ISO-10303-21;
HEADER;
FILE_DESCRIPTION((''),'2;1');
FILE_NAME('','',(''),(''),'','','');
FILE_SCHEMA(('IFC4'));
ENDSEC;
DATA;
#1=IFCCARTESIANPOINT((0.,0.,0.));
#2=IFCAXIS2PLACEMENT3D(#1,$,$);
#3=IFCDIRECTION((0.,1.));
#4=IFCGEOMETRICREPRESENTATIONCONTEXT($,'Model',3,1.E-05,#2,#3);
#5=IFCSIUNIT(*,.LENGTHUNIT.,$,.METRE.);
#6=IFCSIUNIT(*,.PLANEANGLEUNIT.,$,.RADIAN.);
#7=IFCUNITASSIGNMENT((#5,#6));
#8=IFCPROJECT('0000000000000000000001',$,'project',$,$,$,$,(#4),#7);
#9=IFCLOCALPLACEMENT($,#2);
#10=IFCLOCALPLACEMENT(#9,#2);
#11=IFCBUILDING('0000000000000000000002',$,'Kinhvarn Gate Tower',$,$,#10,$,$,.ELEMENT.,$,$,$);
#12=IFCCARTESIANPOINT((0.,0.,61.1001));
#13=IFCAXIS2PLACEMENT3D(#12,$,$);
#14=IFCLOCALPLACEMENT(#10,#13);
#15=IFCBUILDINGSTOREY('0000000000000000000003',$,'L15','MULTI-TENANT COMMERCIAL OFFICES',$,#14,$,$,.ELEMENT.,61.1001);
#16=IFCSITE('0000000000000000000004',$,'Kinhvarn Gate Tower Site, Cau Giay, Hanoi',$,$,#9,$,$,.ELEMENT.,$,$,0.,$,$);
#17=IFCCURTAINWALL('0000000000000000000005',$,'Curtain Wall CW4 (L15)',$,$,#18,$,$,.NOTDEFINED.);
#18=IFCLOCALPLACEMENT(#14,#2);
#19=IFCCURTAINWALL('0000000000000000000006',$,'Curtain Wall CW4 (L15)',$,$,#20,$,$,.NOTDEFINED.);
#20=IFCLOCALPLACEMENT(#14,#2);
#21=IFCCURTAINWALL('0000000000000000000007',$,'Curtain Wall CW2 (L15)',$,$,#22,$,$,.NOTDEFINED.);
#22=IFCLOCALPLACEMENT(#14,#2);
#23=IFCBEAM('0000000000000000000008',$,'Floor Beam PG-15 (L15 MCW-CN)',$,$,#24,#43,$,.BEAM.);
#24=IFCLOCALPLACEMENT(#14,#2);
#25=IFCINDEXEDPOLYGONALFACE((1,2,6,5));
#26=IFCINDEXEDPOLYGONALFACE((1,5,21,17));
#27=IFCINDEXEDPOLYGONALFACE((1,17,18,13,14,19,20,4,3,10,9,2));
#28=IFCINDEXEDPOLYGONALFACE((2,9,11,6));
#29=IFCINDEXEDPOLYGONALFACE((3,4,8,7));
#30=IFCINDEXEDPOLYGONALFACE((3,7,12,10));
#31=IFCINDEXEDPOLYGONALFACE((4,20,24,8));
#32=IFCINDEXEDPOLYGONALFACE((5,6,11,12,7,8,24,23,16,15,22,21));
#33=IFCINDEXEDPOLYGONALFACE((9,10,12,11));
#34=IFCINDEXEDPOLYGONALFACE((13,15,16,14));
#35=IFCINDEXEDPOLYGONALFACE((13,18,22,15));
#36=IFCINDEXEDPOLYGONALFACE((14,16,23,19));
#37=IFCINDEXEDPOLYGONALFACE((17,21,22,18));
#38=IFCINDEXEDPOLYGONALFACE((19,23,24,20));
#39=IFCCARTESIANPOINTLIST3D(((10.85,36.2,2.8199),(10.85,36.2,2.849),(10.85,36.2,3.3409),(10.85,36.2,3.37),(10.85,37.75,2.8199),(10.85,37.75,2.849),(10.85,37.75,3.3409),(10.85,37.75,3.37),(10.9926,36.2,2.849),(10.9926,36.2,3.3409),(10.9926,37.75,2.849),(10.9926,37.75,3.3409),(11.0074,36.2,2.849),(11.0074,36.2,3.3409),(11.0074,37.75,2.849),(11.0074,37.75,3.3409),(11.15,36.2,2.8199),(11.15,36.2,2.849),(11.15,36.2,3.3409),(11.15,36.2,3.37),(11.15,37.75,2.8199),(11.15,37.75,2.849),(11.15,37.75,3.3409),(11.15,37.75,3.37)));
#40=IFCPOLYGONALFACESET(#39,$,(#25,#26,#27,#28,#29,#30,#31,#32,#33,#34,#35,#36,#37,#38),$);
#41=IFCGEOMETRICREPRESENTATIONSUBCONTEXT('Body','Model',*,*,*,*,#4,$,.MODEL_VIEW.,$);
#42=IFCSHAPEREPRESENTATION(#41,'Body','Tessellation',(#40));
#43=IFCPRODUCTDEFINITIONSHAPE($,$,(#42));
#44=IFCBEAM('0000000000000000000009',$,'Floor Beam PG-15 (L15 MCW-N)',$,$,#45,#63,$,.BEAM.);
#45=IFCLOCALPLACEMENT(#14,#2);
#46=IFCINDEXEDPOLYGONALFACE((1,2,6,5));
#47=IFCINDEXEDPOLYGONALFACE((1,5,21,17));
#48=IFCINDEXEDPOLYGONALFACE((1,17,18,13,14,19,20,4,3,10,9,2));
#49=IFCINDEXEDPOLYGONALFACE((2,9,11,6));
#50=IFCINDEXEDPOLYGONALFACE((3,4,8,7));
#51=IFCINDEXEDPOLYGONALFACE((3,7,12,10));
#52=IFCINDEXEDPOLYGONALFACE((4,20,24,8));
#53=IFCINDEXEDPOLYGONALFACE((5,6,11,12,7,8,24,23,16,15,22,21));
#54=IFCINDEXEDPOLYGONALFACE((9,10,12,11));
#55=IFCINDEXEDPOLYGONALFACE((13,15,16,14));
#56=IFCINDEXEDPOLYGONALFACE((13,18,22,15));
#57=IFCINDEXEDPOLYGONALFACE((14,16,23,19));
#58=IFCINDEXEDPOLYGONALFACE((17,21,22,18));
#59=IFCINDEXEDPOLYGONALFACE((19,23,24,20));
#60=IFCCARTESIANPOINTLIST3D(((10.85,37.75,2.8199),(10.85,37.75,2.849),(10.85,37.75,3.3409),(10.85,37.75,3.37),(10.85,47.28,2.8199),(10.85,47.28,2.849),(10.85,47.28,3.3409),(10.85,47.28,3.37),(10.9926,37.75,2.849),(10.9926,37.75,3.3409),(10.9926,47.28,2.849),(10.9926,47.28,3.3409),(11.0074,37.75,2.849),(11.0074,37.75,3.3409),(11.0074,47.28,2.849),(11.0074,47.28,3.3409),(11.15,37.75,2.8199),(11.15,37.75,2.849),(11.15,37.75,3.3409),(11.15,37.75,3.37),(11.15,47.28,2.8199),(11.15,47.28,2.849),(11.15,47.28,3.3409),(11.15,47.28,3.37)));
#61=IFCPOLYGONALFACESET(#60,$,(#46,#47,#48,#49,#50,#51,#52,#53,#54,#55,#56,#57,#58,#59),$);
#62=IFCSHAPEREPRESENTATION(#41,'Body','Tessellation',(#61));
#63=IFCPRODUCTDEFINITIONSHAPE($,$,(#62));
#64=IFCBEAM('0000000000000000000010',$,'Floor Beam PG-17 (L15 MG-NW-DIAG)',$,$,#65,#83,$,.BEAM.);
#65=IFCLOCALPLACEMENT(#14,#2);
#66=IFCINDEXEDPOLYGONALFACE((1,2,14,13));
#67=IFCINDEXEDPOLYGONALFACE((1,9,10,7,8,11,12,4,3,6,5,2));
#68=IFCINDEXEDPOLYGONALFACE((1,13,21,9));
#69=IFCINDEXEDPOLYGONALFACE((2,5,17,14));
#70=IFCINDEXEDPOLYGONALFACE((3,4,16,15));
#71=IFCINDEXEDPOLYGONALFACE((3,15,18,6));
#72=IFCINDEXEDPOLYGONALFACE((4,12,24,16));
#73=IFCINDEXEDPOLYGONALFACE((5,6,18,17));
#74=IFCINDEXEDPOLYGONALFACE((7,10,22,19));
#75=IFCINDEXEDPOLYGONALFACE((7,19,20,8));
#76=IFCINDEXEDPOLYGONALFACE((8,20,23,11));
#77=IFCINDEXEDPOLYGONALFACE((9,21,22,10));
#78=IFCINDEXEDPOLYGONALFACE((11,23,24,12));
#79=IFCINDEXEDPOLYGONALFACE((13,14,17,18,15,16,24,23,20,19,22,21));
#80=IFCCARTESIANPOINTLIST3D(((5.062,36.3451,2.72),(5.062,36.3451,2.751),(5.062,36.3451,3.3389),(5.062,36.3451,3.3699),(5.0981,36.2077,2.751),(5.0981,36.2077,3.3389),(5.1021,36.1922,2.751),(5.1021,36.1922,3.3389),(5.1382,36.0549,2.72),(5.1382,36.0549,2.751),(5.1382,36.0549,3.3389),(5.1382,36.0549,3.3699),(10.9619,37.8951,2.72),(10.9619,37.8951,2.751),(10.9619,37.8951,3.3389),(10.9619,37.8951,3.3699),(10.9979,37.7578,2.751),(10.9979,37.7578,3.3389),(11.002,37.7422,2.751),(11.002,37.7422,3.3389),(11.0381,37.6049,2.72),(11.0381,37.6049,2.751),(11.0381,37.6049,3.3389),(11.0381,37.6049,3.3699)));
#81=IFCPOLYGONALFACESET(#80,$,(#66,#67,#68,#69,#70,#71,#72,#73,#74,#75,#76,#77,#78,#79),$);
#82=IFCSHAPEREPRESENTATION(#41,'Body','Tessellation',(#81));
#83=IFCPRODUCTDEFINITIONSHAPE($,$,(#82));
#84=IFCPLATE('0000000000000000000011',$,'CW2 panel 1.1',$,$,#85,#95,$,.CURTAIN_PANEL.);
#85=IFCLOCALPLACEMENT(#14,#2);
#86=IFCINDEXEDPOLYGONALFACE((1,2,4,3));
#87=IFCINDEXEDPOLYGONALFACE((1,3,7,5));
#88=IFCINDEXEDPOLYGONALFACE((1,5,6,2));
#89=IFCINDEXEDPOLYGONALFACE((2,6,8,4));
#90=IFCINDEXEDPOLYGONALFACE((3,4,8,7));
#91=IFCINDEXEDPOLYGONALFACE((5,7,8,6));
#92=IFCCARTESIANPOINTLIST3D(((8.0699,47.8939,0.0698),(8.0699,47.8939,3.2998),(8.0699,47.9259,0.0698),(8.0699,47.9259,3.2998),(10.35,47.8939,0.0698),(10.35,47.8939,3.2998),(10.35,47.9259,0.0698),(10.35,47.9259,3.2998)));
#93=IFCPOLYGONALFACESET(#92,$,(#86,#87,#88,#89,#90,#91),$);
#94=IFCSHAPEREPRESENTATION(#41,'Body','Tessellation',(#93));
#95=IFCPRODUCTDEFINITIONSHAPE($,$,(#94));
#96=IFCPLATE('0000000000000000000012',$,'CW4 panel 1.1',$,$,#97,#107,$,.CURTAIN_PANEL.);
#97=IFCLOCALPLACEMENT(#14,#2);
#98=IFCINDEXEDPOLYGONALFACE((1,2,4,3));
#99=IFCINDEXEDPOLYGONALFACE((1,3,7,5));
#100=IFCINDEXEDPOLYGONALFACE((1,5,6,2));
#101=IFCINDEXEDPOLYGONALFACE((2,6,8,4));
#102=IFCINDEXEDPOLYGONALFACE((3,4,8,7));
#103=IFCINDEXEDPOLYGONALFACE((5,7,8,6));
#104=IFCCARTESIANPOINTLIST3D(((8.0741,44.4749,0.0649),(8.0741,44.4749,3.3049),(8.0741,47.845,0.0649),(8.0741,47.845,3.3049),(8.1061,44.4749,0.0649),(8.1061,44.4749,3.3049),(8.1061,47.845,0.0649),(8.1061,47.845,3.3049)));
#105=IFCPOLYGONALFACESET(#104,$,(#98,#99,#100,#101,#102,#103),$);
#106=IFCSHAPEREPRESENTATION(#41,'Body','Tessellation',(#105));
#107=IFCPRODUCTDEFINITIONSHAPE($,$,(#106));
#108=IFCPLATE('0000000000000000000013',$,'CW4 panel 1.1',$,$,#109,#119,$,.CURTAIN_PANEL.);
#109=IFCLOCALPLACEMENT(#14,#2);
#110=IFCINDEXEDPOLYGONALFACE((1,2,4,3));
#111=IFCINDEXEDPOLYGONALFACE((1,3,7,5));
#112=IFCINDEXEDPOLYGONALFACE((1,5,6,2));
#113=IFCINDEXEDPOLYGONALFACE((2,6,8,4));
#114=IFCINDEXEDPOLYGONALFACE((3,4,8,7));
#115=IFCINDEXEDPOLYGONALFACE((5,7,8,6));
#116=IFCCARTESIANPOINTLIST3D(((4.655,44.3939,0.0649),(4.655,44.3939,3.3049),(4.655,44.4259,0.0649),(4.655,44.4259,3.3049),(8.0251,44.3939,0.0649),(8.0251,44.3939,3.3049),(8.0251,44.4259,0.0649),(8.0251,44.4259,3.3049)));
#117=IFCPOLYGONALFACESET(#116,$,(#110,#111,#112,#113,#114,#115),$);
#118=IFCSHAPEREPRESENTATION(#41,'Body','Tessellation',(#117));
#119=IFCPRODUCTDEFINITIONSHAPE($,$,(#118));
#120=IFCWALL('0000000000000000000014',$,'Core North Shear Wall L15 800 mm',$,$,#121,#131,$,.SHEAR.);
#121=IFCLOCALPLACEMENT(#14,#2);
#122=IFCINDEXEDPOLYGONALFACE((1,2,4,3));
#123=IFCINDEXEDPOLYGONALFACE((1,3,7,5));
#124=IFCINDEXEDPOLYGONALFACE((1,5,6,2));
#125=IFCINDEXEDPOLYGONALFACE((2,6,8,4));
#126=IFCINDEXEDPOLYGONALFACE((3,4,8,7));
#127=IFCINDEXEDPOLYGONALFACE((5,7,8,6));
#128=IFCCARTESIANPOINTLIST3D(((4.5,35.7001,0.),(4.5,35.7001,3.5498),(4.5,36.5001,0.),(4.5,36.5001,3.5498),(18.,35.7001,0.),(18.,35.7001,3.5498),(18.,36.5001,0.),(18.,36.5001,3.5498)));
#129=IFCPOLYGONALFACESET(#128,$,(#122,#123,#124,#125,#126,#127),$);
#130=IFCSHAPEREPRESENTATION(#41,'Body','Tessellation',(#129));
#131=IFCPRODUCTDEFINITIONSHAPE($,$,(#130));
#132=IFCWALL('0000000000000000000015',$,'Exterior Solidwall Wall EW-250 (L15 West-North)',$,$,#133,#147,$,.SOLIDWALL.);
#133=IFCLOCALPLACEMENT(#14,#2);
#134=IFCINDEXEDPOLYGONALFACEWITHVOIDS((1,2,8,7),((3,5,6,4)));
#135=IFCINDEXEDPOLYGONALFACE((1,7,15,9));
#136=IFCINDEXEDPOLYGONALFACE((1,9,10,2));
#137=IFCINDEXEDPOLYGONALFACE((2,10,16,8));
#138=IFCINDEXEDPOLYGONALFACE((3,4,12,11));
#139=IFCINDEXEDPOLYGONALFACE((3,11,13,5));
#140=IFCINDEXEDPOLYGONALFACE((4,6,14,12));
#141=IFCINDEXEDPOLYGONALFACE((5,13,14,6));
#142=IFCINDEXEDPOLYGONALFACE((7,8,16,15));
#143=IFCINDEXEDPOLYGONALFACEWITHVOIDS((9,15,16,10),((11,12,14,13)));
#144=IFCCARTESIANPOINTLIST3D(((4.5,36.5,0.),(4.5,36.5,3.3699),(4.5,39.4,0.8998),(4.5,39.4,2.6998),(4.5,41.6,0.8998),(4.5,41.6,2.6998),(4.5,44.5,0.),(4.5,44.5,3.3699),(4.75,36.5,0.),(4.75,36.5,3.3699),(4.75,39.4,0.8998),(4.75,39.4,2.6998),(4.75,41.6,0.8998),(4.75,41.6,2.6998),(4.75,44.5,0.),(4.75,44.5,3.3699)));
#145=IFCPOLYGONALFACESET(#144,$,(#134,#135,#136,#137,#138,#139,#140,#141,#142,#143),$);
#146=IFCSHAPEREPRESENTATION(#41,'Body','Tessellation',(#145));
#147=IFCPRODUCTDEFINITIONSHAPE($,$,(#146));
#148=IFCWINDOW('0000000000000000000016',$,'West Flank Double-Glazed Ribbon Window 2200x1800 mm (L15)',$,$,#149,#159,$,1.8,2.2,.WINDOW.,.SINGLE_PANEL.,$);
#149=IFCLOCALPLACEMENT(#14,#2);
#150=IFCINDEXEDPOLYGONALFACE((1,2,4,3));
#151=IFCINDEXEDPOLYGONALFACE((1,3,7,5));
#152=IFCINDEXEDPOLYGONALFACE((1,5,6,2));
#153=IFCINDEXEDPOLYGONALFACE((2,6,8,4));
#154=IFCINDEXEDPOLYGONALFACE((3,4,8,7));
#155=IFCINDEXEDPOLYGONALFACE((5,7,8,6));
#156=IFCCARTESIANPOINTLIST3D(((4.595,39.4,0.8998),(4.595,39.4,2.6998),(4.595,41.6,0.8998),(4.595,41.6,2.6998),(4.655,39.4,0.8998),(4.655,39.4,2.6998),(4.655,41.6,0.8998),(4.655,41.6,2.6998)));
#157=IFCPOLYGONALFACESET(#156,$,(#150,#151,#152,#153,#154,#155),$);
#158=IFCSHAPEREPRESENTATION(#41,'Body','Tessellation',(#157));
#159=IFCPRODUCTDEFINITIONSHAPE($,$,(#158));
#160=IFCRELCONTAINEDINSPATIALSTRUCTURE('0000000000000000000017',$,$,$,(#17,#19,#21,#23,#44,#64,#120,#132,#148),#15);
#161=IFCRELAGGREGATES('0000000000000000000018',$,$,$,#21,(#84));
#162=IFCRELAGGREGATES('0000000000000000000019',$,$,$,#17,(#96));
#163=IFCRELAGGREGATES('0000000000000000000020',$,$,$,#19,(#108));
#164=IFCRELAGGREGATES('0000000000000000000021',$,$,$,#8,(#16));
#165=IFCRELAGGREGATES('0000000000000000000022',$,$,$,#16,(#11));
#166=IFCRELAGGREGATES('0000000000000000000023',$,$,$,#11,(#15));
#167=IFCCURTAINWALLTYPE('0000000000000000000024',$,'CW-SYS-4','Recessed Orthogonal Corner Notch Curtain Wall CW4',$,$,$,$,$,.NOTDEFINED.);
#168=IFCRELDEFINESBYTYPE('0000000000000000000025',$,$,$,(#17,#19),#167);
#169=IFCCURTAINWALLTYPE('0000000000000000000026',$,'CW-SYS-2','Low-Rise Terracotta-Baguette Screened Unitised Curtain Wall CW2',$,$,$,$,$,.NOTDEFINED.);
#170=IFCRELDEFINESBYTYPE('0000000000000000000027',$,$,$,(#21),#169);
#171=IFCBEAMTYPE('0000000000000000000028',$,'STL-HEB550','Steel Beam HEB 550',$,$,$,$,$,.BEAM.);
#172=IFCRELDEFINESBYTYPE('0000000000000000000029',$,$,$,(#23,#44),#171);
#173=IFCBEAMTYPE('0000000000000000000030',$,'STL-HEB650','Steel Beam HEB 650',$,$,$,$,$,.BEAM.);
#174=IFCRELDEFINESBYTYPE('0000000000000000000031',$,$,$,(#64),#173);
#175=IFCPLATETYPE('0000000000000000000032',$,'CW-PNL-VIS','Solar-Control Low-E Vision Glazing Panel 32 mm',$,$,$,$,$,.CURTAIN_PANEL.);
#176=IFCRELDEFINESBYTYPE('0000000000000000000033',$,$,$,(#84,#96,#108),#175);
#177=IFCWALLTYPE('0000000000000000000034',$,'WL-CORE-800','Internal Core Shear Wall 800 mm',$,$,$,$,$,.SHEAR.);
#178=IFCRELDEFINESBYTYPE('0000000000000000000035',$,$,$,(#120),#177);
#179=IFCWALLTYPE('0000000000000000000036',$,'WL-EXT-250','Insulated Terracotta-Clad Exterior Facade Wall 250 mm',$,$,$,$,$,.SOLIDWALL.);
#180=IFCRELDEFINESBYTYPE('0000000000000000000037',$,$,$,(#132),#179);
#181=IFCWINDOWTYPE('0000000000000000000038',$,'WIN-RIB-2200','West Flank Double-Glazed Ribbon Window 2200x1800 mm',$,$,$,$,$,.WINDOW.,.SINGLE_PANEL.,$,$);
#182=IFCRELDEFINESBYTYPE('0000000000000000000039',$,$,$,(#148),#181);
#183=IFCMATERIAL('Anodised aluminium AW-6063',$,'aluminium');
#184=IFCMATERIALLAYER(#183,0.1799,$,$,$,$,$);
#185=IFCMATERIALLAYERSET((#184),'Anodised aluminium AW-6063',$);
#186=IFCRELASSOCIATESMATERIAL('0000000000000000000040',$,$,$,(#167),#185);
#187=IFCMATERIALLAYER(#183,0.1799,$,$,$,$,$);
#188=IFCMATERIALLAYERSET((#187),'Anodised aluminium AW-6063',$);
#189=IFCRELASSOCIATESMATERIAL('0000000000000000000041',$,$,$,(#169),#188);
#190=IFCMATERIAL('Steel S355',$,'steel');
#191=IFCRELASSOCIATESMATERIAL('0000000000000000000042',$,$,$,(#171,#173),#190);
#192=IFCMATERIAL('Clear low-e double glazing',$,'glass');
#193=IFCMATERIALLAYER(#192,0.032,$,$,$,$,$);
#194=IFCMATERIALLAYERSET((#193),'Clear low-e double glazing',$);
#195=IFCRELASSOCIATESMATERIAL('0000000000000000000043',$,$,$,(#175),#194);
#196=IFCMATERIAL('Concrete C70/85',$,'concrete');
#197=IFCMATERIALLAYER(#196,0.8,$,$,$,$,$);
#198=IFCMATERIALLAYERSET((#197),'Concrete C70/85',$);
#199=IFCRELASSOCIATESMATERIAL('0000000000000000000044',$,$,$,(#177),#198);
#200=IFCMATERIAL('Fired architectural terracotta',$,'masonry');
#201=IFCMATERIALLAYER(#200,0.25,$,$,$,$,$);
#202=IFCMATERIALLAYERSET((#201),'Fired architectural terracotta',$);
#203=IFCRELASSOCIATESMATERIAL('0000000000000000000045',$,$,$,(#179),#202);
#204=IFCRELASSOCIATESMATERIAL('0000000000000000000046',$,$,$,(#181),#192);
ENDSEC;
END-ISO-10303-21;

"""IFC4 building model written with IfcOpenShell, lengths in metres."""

from ifc_helpers import new_model, si_unit, direction, frame, frame_2d, origin, origin_2d, place, context, subcontext, project, spatial, rectangle, i_section, extrude, material, layer, layer_set, material_profile, profile_set, type_object, element, fill, aggregate, save


model = new_model("IFC4")

# Units and contexts
model_context = context("Model", 3, precision=1e-05, world=origin(), true_north=direction((0.0, 1.0)))
body_context = subcontext(model_context, "Body", "Model", "MODEL_VIEW")
ifc_project = project(units=[si_unit("LENGTHUNIT", "METRE"), si_unit("PLANEANGLEUNIT", "RADIAN")], contexts=[model_context])

# Site, building, storey
site_placement = place(None, origin())
site = spatial("IfcSite", under=ifc_project, at=site_placement, Name="Kinhvarn Gate Tower Site, Cau Giay, Hanoi", CompositionType="ELEMENT", RefElevation=0.0)
building_placement = place(site_placement, origin())
building = spatial("IfcBuilding", under=site, at=building_placement, Name="Kinhvarn Gate Tower", CompositionType="ELEMENT")
storey_placement = place(building_placement, frame((0.0, 0.0, 61.1001)))
storey = spatial("IfcBuildingStorey", under=building, at=storey_placement, Name="L15", Description="MULTI-TENANT COMMERCIAL OFFICES", CompositionType="ELEMENT", Elevation=61.1001)

# Shared definitions
ifc_material_1 = material(Name="Concrete C70/85", Category="concrete")

# Curtain walls
ifc_material_2 = material(Name="Anodised aluminium AW-6063", Category="aluminium")
ifc_layer_1 = layer(ifc_material_2, 0.1799)
ifc_layer_set_1 = layer_set([ifc_layer_1], Name="Anodised aluminium AW-6063")
curtain_wall_type_1 = type_object("IfcCurtainWallType", Name="CW-SYS-4", Description="Recessed Orthogonal Corner Notch Curtain Wall CW4", PredefinedType="NOTDEFINED", material=ifc_layer_set_1)
curtain_wall_1_placement = place(storey_placement, origin())
curtain_wall_1 = element("IfcCurtainWall", 1, at=curtain_wall_1_placement, inside=storey, type_object=curtain_wall_type_1, Name="Curtain Wall CW4 (L15)", PredefinedType="NOTDEFINED")
curtain_wall_2_placement = place(storey_placement, origin())
curtain_wall_2 = element("IfcCurtainWall", 2, at=curtain_wall_2_placement, inside=storey, type_object=curtain_wall_type_1, Name="Curtain Wall CW4 (L15)", PredefinedType="NOTDEFINED")
ifc_layer_2 = layer(ifc_material_2, 0.1799)
ifc_layer_set_2 = layer_set([ifc_layer_2], Name="Anodised aluminium AW-6063")
curtain_wall_type_2 = type_object("IfcCurtainWallType", Name="CW-SYS-2", Description="Low-Rise Terracotta-Baguette Screened Unitised Curtain Wall CW2", PredefinedType="NOTDEFINED", material=ifc_layer_set_2)
curtain_wall_3_placement = place(storey_placement, origin())
curtain_wall_3 = element("IfcCurtainWall", 3, at=curtain_wall_3_placement, inside=storey, type_object=curtain_wall_type_2, Name="Curtain Wall CW2 (L15)", PredefinedType="NOTDEFINED")

# Beams
ifc_material_3 = material(Name="Steel S355", Category="steel")
ifc_material_profile_1 = material_profile(ifc_material_3, i_section(OverallWidth=0.3, OverallDepth=0.55, WebThickness=0.0149, FlangeThickness=0.0291, at=origin_2d()), Name="HEB 550")
ifc_profile_set_1 = profile_set([ifc_material_profile_1], Name="Steel S355")
beam_type_1 = type_object("IfcBeamType", Name="STL-HEB550", Description="Steel Beam HEB 550", PredefinedType="BEAM", material=ifc_profile_set_1)
beam_1_placement = place(storey_placement, frame((11.0, 36.2, 3.095), z_axis=(0.0, 1.0, 0.0), x_axis=(-1.0, 0.0, 0.0)))
element("IfcBeam", 4, at=beam_1_placement, inside=storey, type_object=beam_type_1, Name="Floor Beam PG-15 (L15 MCW-CN)", PredefinedType="BEAM", context=body_context, shape_type="SweptSolid", body=[
    extrude(i_section(OverallWidth=0.3, OverallDepth=0.55, WebThickness=0.0149, FlangeThickness=0.0291, at=origin_2d()), origin(), (0.0, 0.0, 1.0), 1.55),
])
beam_2_placement = place(storey_placement, frame((11.0, 37.75, 3.095), z_axis=(0.0, 1.0, 0.0), x_axis=(-1.0, 0.0, 0.0)))
element("IfcBeam", 5, at=beam_2_placement, inside=storey, type_object=beam_type_1, Name="Floor Beam PG-15 (L15 MCW-N)", PredefinedType="BEAM", context=body_context, shape_type="SweptSolid", body=[
    extrude(i_section(OverallWidth=0.3, OverallDepth=0.55, WebThickness=0.0149, FlangeThickness=0.0291, at=origin_2d()), origin(), (0.0, 0.0, 1.0), 9.53),
])
ifc_material_profile_2 = material_profile(ifc_material_3, i_section(OverallWidth=0.3, OverallDepth=0.6499, WebThickness=0.0161, FlangeThickness=0.031, at=origin_2d()), Name="HEB 650")
ifc_profile_set_2 = profile_set([ifc_material_profile_2], Name="Steel S355")
beam_type_2 = type_object("IfcBeamType", Name="STL-HEB650", Description="Steel Beam HEB 650", PredefinedType="BEAM", material=ifc_profile_set_2)
beam_3_placement = place(storey_placement, frame((5.1001, 36.2, 3.0449), z_axis=(0.967178, 0.254101, 0.0), x_axis=(-0.254101, 0.967178, 0.0)))
element("IfcBeam", 6, at=beam_3_placement, inside=storey, type_object=beam_type_2, Name="Floor Beam PG-17 (L15 MG-NW-DIAG)", PredefinedType="BEAM", context=body_context, shape_type="SweptSolid", body=[
    extrude(i_section(OverallWidth=0.3, OverallDepth=0.6499, WebThickness=0.0161, FlangeThickness=0.031, at=origin_2d()), origin(), (0.0, 0.0, 1.0), 6.1001),
])

# Plates
ifc_material_4 = material(Name="Clear low-e double glazing", Category="glass")
ifc_layer_3 = layer(ifc_material_4, 0.032)
ifc_layer_set_3 = layer_set([ifc_layer_3], Name="Clear low-e double glazing")
plate_type = type_object("IfcPlateType", Name="CW-PNL-VIS", Description="Solar-Control Low-E Vision Glazing Panel 32 mm", PredefinedType="CURTAIN_PANEL", material=ifc_layer_set_3)
plate_1_placement = place(storey_placement, frame((9.21, 47.9099, 0.0698), z_axis=(0.0, 0.0, 1.0), x_axis=(-1.0, 0.0, 0.0)))
plate_1 = element("IfcPlate", 7, at=plate_1_placement, type_object=plate_type, Name="CW2 panel 1.1", PredefinedType="CURTAIN_PANEL", context=body_context, shape_type="SweptSolid", body=[
    extrude(rectangle(XDim=2.28, YDim=0.032, at=origin_2d()), origin(), (0.0, 0.0, 1.0), 3.23),
])
aggregate(curtain_wall_3, [plate_1])
plate_2_placement = place(storey_placement, frame((8.0901, 46.1599, 0.0649), z_axis=(0.0, 0.0, 1.0), x_axis=(0.0, -1.0, 0.0)))
plate_2 = element("IfcPlate", 8, at=plate_2_placement, type_object=plate_type, Name="CW4 panel 1.1", PredefinedType="CURTAIN_PANEL", context=body_context, shape_type="SweptSolid", body=[
    extrude(rectangle(XDim=3.3701, YDim=0.032, at=origin_2d()), origin(), (0.0, 0.0, 1.0), 3.24),
])
aggregate(curtain_wall_1, [plate_2])
plate_3_placement = place(storey_placement, frame((6.3401, 44.4099, 0.0649), z_axis=(0.0, 0.0, 1.0), x_axis=(-1.0, 0.0, 0.0)))
plate_3 = element("IfcPlate", 9, at=plate_3_placement, type_object=plate_type, Name="CW4 panel 1.1", PredefinedType="CURTAIN_PANEL", context=body_context, shape_type="SweptSolid", body=[
    extrude(rectangle(XDim=3.3701, YDim=0.032, at=origin_2d()), origin(), (0.0, 0.0, 1.0), 3.24),
])
aggregate(curtain_wall_2, [plate_3])

# Wall
ifc_layer_4 = layer(ifc_material_1, 0.8)
ifc_layer_set_4 = layer_set([ifc_layer_4], Name="Concrete C70/85")
wall_type_1 = type_object("IfcWallType", Name="WL-CORE-800", Description="Internal Core Shear Wall 800 mm", PredefinedType="SHEAR", material=ifc_layer_set_4)
wall_1_placement = place(storey_placement, frame((4.5, 36.1001, 0.0), z_axis=(0.0, 0.0, 1.0), x_axis=(1.0, 0.0, 0.0)))
element("IfcWall", 10, at=wall_1_placement, inside=storey, type_object=wall_type_1, Name="Core North Shear Wall L15 800 mm", PredefinedType="SHEAR", context=body_context, shape_type="SweptSolid", body=[
    extrude(rectangle(XDim=13.5, YDim=0.8, at=frame_2d((6.75, 0.0))), origin(), (0.0, 0.0, 1.0), 3.5498),
])

# Wall, opening, window
ifc_material_5 = material(Name="Fired architectural terracotta", Category="masonry")
ifc_layer_5 = layer(ifc_material_5, 0.25)
ifc_layer_set_5 = layer_set([ifc_layer_5], Name="Fired architectural terracotta")
wall_type_2 = type_object("IfcWallType", Name="WL-EXT-250", Description="Insulated Terracotta-Clad Exterior Facade Wall 250 mm", PredefinedType="SOLIDWALL", material=ifc_layer_set_5)
wall_2_placement = place(storey_placement, frame((4.625, 44.5, 0.0), z_axis=(0.0, 0.0, 1.0), x_axis=(0.0, -1.0, 0.0)))
wall_2 = element("IfcWall", 11, at=wall_2_placement, inside=storey, type_object=wall_type_2, Name="Exterior Solidwall Wall EW-250 (L15 West-North)", PredefinedType="SOLIDWALL", context=body_context, shape_type="SweptSolid", body=[
    extrude(rectangle(XDim=8.0, YDim=0.25, at=frame_2d((4.0, 0.0))), origin(), (0.0, 0.0, 1.0), 3.3699),
])
opening_placement = place(wall_2_placement, frame((2.8999, 0.0, 0.8999)))
opening = element("IfcOpeningElement", 12, at=opening_placement, cuts=wall_2, PredefinedType="OPENING", context=body_context, shape_type="SweptSolid", body=[
    extrude(rectangle(XDim=2.2, YDim=1.8, at=frame_2d((1.1001, 0.8999))), frame((0.0, 0.135, 0.0), z_axis=(0.0, -1.0, 0.0), x_axis=(1.0, 0.0, 0.0)), (0.0, 0.0, 1.0), 0.27),
])
window_type = type_object("IfcWindowType", Name="WIN-RIB-2200", Description="West Flank Double-Glazed Ribbon Window 2200x1800 mm", PartitioningType="SINGLE_PANEL", PredefinedType="WINDOW", material=ifc_material_4)
window_placement = place(opening_placement, origin())
window = element("IfcWindow", 13, at=window_placement, inside=storey, type_object=window_type, Name="West Flank Double-Glazed Ribbon Window 2200x1800 mm (L15)", OverallHeight=1.8, OverallWidth=2.2, PartitioningType="SINGLE_PANEL", PredefinedType="WINDOW", context=body_context, shape_type="SweptSolid", body=[
    extrude(rectangle(XDim=2.2, YDim=1.8, at=frame_2d((1.1001, 0.8999))), frame((0.0, 0.03, 0.0), z_axis=(0.0, -1.0, 0.0), x_axis=(1.0, 0.0, 0.0)), (0.0, 0.0, 1.0), 0.0601),
])
fill(opening, window)

save(model, "model.ifc")
